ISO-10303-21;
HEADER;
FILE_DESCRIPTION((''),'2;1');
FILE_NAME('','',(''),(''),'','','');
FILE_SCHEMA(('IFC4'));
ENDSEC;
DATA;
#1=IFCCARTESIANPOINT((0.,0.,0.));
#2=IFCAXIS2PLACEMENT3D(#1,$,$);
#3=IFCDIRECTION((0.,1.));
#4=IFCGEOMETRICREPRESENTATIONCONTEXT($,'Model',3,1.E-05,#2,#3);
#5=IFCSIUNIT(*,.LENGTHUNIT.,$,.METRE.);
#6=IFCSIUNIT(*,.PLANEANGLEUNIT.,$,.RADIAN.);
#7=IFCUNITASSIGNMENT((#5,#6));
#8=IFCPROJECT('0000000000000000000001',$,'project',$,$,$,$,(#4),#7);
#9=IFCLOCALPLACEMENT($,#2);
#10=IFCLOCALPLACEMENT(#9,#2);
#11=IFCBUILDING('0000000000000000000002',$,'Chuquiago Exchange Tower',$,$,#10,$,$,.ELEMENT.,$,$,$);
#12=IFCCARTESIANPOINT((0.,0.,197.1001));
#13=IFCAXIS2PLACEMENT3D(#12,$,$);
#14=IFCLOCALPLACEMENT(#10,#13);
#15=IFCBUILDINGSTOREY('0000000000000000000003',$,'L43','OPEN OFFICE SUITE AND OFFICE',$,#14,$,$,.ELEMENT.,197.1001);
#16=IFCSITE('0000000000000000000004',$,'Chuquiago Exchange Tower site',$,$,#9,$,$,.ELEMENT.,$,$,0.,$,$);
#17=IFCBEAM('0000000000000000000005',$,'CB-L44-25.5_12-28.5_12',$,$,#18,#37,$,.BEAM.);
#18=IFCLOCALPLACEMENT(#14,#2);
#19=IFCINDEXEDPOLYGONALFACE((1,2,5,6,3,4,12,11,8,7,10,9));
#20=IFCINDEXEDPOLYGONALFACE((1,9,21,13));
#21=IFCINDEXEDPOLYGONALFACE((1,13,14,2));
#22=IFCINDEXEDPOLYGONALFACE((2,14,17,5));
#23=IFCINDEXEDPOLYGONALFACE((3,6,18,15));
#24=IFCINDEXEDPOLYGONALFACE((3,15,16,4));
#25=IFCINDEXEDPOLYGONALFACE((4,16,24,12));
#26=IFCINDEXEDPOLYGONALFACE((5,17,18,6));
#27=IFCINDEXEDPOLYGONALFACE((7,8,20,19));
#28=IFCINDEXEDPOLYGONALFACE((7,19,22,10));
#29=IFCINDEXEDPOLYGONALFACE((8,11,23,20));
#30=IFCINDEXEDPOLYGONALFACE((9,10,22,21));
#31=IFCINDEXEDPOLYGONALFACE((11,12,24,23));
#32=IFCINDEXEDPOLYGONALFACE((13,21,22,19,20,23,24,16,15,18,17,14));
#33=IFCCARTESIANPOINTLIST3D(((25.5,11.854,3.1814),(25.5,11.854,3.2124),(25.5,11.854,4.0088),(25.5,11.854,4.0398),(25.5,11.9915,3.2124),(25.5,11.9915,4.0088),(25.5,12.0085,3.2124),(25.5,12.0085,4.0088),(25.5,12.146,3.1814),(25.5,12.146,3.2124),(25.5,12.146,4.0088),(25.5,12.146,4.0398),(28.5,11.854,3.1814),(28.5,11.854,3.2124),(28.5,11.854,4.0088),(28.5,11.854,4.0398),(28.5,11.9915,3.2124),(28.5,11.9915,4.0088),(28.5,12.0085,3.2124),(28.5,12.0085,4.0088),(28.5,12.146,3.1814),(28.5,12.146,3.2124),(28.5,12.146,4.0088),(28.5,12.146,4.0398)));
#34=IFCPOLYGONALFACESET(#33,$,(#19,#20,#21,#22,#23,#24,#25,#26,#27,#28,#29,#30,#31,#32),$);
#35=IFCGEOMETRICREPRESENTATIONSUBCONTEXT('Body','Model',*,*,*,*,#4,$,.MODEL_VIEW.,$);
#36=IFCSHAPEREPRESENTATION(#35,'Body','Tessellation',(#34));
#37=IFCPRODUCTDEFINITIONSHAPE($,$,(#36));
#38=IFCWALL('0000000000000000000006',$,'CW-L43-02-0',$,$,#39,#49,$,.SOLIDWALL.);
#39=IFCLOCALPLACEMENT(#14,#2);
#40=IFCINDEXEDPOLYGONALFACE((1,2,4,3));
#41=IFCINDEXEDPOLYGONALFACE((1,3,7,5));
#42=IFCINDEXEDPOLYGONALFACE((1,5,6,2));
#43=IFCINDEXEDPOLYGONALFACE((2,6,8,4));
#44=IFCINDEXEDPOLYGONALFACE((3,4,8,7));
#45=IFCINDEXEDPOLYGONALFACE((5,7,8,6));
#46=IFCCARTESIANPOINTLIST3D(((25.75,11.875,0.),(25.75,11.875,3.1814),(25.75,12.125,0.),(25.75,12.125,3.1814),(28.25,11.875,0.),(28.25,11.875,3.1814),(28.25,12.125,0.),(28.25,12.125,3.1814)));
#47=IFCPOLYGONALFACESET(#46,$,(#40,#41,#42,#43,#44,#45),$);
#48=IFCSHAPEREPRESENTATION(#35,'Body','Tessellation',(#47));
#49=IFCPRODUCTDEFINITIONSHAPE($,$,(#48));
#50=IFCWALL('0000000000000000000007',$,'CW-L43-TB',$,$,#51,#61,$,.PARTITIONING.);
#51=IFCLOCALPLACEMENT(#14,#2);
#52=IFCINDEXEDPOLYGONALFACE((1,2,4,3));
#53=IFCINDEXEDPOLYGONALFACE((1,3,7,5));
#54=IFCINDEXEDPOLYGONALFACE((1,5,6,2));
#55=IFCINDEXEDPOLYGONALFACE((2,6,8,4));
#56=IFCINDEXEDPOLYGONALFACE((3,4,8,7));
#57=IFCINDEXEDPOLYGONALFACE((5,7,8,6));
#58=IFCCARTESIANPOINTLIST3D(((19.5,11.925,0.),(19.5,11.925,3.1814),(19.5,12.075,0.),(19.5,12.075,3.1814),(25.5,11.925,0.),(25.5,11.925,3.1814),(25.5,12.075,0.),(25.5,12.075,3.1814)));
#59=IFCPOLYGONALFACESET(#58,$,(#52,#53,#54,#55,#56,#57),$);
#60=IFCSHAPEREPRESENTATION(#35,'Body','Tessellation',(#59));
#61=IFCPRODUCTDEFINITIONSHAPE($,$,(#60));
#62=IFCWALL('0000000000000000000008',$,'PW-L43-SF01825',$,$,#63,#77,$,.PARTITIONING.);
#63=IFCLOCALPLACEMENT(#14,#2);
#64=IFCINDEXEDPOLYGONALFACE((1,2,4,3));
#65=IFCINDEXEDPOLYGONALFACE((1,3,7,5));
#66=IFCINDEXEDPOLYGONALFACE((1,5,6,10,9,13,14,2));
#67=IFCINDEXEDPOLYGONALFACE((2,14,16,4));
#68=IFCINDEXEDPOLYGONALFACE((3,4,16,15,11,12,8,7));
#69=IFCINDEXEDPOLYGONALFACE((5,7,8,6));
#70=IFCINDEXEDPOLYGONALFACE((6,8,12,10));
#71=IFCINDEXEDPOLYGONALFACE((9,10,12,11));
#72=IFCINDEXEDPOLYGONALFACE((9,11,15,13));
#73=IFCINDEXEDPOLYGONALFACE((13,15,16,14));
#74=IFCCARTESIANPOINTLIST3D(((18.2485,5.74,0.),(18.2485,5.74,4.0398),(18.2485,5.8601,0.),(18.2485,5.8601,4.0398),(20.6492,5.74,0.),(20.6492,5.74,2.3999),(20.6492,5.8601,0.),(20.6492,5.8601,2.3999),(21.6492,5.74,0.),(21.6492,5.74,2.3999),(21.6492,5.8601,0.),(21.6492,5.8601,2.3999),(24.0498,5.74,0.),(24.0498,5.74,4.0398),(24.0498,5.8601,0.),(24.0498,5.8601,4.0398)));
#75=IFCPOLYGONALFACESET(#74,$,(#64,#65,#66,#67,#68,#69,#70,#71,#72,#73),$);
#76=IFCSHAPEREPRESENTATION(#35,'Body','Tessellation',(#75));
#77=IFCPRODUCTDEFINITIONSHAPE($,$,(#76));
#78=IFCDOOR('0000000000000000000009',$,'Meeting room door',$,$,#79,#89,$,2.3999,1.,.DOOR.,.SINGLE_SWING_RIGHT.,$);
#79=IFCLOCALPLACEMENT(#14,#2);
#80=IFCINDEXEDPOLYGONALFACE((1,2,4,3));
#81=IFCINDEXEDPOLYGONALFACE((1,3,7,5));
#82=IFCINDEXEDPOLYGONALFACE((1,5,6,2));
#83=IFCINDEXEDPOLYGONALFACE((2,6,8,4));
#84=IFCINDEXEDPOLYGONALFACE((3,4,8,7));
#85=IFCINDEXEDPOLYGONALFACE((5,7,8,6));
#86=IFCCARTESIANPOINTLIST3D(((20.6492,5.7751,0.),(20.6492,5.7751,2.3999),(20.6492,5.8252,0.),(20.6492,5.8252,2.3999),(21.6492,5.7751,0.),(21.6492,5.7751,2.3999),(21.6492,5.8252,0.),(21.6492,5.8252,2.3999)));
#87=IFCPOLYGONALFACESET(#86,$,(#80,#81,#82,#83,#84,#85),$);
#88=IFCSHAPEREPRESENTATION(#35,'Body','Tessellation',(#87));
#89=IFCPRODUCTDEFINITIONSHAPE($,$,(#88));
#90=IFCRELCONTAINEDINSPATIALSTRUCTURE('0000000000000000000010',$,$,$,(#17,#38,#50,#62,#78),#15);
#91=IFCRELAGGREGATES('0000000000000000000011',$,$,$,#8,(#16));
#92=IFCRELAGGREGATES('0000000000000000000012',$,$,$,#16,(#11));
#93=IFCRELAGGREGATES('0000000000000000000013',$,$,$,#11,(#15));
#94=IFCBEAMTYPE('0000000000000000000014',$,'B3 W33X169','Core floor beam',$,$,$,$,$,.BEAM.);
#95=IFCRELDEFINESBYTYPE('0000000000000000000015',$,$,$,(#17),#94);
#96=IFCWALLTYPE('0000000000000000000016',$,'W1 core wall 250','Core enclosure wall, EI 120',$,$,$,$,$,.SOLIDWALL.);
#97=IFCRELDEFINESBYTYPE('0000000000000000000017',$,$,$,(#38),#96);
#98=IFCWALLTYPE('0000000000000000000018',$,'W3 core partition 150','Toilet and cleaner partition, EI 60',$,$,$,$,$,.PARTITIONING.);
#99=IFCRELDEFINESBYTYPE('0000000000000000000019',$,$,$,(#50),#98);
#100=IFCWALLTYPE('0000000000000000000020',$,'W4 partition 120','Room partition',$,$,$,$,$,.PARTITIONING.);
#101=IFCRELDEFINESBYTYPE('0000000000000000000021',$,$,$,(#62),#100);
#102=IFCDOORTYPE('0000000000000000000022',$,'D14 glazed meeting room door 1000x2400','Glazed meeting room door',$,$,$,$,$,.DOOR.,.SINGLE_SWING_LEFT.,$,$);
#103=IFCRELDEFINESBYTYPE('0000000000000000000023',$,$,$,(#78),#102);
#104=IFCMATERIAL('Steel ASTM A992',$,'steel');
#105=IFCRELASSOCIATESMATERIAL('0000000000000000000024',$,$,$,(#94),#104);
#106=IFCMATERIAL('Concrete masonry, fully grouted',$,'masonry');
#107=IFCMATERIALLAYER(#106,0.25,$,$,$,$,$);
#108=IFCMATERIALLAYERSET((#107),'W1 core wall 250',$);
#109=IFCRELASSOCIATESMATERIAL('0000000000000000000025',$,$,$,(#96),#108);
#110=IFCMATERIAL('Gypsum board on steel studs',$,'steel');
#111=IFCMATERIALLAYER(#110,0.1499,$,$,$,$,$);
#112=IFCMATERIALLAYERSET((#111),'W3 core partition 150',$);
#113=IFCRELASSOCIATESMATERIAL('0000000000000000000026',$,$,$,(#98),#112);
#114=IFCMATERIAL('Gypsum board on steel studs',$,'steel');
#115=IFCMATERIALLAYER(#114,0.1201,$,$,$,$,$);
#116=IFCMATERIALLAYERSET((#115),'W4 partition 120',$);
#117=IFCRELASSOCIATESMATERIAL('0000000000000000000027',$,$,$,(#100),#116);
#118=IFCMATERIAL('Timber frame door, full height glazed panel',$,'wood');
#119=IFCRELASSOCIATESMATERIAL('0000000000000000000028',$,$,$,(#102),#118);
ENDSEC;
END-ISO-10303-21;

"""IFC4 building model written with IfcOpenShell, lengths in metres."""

from ifc_helpers import new_model, si_unit, direction, frame, frame_2d, origin, origin_2d, place, context, subcontext, project, spatial, rectangle, i_section, extrude, material, layer, layer_set, material_profile, profile_set, type_object, element, fill, save


model = new_model("IFC4")

# Units and contexts
model_context = context("Model", 3, precision=1e-05, world=origin(), true_north=direction((0.0, 1.0)))
body_context = subcontext(model_context, "Body", "Model", "MODEL_VIEW")
ifc_project = project(units=[si_unit("LENGTHUNIT", "METRE"), si_unit("PLANEANGLEUNIT", "RADIAN")], contexts=[model_context])

# Site, building, storey
site_placement = place(None, origin())
site = spatial("IfcSite", under=ifc_project, at=site_placement, Name="Chuquiago Exchange Tower site", CompositionType="ELEMENT", RefElevation=0.0)
building_placement = place(site_placement, origin())
building = spatial("IfcBuilding", under=site, at=building_placement, Name="Chuquiago Exchange Tower", CompositionType="ELEMENT")
storey_placement = place(building_placement, frame((0.0, 0.0, 197.1001)))
storey = spatial("IfcBuildingStorey", under=building, at=storey_placement, Name="L43", Description="OPEN OFFICE SUITE AND OFFICE", CompositionType="ELEMENT", Elevation=197.1001)

# Beam
ifc_material_1 = material(Name="Steel ASTM A992", Category="steel")
ifc_material_profile_1 = material_profile(ifc_material_1, i_section(OverallWidth=0.292, OverallDepth=0.8584, WebThickness=0.0171, FlangeThickness=0.031, at=origin_2d()), Name="W33X169")
ifc_profile_set_1 = profile_set([ifc_material_profile_1], Name="Steel ASTM A992")
beam_type_1 = type_object("IfcBeamType", Name="B3 W33X169", Description="Core floor beam", PredefinedType="BEAM", material=ifc_profile_set_1)
beam_1_placement = place(storey_placement, frame((25.5, 12.0, 3.6106), z_axis=(1.0, 0.0, 0.0), x_axis=(0.0, 1.0, 0.0)))
element("IfcBeam", 1, at=beam_1_placement, inside=storey, type_object=beam_type_1, Name="CB-L44-25.5_12-28.5_12", PredefinedType="BEAM", context=body_context, shape_type="SweptSolid", body=[
    extrude(i_section(OverallWidth=0.292, OverallDepth=0.8584, WebThickness=0.0171, FlangeThickness=0.031, at=origin_2d()), origin(), (0.0, 0.0, 1.0), 3.0),
])

# Walls
ifc_material_2 = material(Name="Concrete masonry, fully grouted", Category="masonry")
ifc_layer_1 = layer(ifc_material_2, 0.25)
ifc_layer_set_1 = layer_set([ifc_layer_1], Name="W1 core wall 250")
wall_type_1 = type_object("IfcWallType", Name="W1 core wall 250", Description="Core enclosure wall, EI 120", PredefinedType="SOLIDWALL", material=ifc_layer_set_1)
wall_1_placement = place(storey_placement, frame((25.75, 12.0, 0.0), z_axis=(0.0, 0.0, 1.0), x_axis=(1.0, 0.0, 0.0)))
element("IfcWall", 2, at=wall_1_placement, inside=storey, type_object=wall_type_1, Name="CW-L43-02-0", PredefinedType="SOLIDWALL", context=body_context, shape_type="SweptSolid", body=[
    extrude(rectangle(XDim=2.5, YDim=0.25, at=frame_2d((1.25, 0.0))), origin(), (0.0, 0.0, 1.0), 3.1814),
])
ifc_material_3 = material(Name="Gypsum board on steel studs", Category="steel")
ifc_layer_2 = layer(ifc_material_3, 0.1499)
ifc_layer_set_2 = layer_set([ifc_layer_2], Name="W3 core partition 150")
wall_type_2 = type_object("IfcWallType", Name="W3 core partition 150", Description="Toilet and cleaner partition, EI 60", PredefinedType="PARTITIONING", material=ifc_layer_set_2)
wall_2_placement = place(storey_placement, frame((19.5, 12.0, 0.0), z_axis=(0.0, 0.0, 1.0), x_axis=(1.0, 0.0, 0.0)))
element("IfcWall", 3, at=wall_2_placement, inside=storey, type_object=wall_type_2, Name="CW-L43-TB", PredefinedType="PARTITIONING", context=body_context, shape_type="SweptSolid", body=[
    extrude(rectangle(XDim=6.0, YDim=0.1499, at=frame_2d((3.0, 0.0))), origin(), (0.0, 0.0, 1.0), 3.1814),
])

# Wall, opening, door
ifc_material_4 = material(Name="Gypsum board on steel studs", Category="steel")
ifc_layer_3 = layer(ifc_material_4, 0.1201)
ifc_layer_set_3 = layer_set([ifc_layer_3], Name="W4 partition 120")
wall_type_3 = type_object("IfcWallType", Name="W4 partition 120", Description="Room partition", PredefinedType="PARTITIONING", material=ifc_layer_set_3)
wall_3_placement = place(storey_placement, frame((18.2485, 5.8, 0.0), z_axis=(0.0, 0.0, 1.0), x_axis=(1.0, 0.0, 0.0)))
wall_3 = element("IfcWall", 4, at=wall_3_placement, inside=storey, type_object=wall_type_3, Name="PW-L43-SF01825", PredefinedType="PARTITIONING", context=body_context, shape_type="SweptSolid", body=[
    extrude(rectangle(XDim=5.8013, YDim=0.1201, at=frame_2d((2.9006, 0.0))), origin(), (0.0, 0.0, 1.0), 4.0398),
])
opening_1_placement = place(wall_3_placement, frame((2.4006, 0.0, 0.0)))
opening_1 = element("IfcOpeningElement", 5, at=opening_1_placement, cuts=wall_3, PredefinedType="OPENING", context=body_context, shape_type="SweptSolid", body=[
    extrude(rectangle(XDim=1.0, YDim=2.3999, at=frame_2d((0.5, 1.2))), frame((0.0, 0.0701, 0.0), z_axis=(0.0, -1.0, 0.0), x_axis=(1.0, 0.0, 0.0)), (0.0, 0.0, 1.0), 0.1401),
])
ifc_material_5 = material(Name="Timber frame door, full height glazed panel", Category="wood")
door_type_1 = type_object("IfcDoorType", Name="D14 glazed meeting room door 1000x2400", Description="Glazed meeting room door", OperationType="SINGLE_SWING_LEFT", PredefinedType="DOOR", material=ifc_material_5)
door_1_placement = place(opening_1_placement, frame((1.0, 0.0, 0.0), z_axis=(0.0, 0.0, 1.0), x_axis=(-1.0, 0.0, 0.0)))
door_1 = element("IfcDoor", 6, at=door_1_placement, inside=storey, type_object=door_type_1, Name="Meeting room door", OperationType="SINGLE_SWING_RIGHT", OverallHeight=2.3999, OverallWidth=1.0, PredefinedType="DOOR", context=body_context, shape_type="SweptSolid", body=[
    extrude(rectangle(XDim=1.0, YDim=2.3999, at=frame_2d((0.5, 1.2))), frame((0.0, 0.0249, 0.0), z_axis=(0.0, -1.0, 0.0), x_axis=(1.0, 0.0, 0.0)), (0.0, 0.0, 1.0), 0.05),
])
fill(opening_1, door_1)

save(model, "model.ifc")
